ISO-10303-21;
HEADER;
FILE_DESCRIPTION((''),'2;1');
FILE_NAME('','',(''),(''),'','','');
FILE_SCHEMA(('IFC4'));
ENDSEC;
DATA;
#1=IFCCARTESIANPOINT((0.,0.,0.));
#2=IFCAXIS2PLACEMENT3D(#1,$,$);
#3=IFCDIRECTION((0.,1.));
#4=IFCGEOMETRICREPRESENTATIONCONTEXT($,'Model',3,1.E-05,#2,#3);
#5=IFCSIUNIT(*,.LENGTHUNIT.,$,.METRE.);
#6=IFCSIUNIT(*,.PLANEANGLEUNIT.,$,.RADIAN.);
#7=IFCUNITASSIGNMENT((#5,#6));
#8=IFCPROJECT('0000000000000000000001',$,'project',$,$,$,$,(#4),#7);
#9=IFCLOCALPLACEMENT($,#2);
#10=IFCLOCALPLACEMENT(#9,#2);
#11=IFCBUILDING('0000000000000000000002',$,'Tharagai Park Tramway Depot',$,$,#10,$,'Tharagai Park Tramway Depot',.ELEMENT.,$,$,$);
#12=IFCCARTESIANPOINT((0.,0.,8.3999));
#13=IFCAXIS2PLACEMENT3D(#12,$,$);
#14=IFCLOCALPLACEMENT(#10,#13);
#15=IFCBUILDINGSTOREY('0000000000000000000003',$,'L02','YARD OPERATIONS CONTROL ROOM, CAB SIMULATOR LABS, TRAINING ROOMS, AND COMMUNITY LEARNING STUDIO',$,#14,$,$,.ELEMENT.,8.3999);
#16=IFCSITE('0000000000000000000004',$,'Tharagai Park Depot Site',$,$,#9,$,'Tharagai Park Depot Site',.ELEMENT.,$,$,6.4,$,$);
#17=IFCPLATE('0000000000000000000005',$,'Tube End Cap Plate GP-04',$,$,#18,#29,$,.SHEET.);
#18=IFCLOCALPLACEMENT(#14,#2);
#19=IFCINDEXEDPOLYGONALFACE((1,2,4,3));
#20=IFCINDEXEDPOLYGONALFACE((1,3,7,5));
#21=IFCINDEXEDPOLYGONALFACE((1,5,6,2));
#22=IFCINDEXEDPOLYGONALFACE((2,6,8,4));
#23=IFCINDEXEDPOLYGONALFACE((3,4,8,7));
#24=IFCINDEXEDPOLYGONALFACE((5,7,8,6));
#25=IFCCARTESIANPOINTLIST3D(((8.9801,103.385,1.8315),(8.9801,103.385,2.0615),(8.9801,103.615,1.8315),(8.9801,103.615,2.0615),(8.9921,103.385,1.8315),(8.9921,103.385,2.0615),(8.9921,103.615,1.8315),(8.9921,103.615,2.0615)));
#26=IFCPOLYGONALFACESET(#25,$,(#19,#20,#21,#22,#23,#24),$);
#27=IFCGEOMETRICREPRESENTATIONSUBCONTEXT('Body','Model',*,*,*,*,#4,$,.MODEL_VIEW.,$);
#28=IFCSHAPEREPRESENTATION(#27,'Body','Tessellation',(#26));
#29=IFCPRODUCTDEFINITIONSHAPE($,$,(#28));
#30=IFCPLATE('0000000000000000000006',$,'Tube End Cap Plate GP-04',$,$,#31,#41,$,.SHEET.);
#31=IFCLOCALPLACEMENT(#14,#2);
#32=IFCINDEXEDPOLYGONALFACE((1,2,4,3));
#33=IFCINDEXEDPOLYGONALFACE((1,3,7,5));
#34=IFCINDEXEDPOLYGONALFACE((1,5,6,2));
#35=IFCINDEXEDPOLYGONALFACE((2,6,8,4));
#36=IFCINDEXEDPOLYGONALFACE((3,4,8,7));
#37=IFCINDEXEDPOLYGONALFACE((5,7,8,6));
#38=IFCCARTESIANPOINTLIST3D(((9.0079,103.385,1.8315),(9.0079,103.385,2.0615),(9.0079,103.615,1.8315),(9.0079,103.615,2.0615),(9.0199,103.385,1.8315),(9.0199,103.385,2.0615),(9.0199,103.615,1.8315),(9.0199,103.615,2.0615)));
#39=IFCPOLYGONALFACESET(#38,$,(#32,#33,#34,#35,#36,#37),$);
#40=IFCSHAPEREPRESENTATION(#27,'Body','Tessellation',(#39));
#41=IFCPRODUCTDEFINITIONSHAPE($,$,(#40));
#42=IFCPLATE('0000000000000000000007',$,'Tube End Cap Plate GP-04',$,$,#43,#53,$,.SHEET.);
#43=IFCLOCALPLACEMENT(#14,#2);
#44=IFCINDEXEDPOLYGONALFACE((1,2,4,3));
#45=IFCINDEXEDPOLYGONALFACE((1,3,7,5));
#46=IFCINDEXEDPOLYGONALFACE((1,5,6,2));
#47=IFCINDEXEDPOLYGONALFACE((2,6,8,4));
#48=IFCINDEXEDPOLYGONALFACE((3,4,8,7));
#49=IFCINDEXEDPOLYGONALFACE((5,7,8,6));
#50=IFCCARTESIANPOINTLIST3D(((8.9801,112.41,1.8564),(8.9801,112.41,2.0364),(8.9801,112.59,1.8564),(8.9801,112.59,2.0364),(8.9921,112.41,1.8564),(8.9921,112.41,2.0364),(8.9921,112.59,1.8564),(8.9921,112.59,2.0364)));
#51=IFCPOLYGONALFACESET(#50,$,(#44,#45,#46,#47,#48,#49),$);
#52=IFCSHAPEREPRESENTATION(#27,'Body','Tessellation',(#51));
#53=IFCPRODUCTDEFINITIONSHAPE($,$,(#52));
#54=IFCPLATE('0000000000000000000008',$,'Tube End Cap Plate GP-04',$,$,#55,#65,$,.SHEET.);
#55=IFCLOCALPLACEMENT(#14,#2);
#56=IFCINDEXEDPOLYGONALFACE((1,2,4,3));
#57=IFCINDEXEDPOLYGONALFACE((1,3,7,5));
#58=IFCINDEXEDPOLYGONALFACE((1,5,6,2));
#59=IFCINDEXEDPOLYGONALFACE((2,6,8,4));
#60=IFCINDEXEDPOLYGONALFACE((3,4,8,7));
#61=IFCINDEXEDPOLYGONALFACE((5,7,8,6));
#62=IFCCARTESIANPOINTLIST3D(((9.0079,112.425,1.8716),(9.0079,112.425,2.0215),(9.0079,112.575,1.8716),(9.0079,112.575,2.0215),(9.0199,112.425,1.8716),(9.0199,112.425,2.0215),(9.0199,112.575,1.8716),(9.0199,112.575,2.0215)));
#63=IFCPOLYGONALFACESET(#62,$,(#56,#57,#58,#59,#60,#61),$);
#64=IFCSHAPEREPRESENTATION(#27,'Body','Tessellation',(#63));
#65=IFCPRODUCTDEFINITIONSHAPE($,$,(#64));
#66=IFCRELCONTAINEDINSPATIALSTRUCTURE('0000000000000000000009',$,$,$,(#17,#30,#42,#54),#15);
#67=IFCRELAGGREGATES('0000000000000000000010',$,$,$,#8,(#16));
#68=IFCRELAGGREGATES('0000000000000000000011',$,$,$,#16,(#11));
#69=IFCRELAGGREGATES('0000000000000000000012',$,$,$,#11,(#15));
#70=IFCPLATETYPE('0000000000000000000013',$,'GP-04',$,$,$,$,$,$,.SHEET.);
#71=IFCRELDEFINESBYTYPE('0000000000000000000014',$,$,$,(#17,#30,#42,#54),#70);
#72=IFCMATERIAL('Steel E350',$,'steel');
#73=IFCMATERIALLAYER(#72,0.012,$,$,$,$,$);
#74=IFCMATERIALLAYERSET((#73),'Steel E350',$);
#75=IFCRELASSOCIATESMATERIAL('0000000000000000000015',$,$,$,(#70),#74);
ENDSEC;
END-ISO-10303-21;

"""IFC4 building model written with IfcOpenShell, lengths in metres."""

from ifc_helpers import new_model, si_unit, direction, frame, origin, origin_2d, place, context, subcontext, project, spatial, rectangle, extrude, material, layer, layer_set, type_object, element, save


model = new_model("IFC4")

# Units and contexts
model_context = context("Model", 3, precision=1e-05, world=origin(), true_north=direction((0.0, 1.0)))
body_context = subcontext(model_context, "Body", "Model", "MODEL_VIEW")
ifc_project = project(units=[si_unit("LENGTHUNIT", "METRE"), si_unit("PLANEANGLEUNIT", "RADIAN")], contexts=[model_context])

# Site, building, storey
site_placement = place(None, origin())
site = spatial("IfcSite", under=ifc_project, at=site_placement, Name="Tharagai Park Depot Site", LongName="Tharagai Park Depot Site", CompositionType="ELEMENT", RefElevation=6.4)
building_placement = place(site_placement, origin())
building = spatial("IfcBuilding", under=site, at=building_placement, Name="Tharagai Park Tramway Depot", LongName="Tharagai Park Tramway Depot", CompositionType="ELEMENT")
storey_placement = place(building_placement, frame((0.0, 0.0, 8.3999)))
storey = spatial("IfcBuildingStorey", under=building, at=storey_placement, Name="L02", Description="YARD OPERATIONS CONTROL ROOM, CAB SIMULATOR LABS, TRAINING ROOMS, AND COMMUNITY LEARNING STUDIO", CompositionType="ELEMENT", Elevation=8.3999)

# Shared definitions
ifc_material_1 = material(Name="Steel E350", Category="steel")

# Plates
ifc_layer_1 = layer(ifc_material_1, 0.012)
ifc_layer_set_1 = layer_set([ifc_layer_1], Name="Steel E350")
plate_type_1 = type_object("IfcPlateType", Name="GP-04", PredefinedType="SHEET", material=ifc_layer_set_1)
for number, where, z_axis, x_axis, name in (
    (1, (8.9861, 103.5, 1.8315), (0.0, 0.0, 1.0), (1.0, 0.0, 0.0), "Tube End Cap Plate GP-04"),
    (2, (9.0139, 103.5, 1.8315), (0.0, 0.0, 1.0), (1.0, 0.0, 0.0), "Tube End Cap Plate GP-04"),
):
    element("IfcPlate", number, at=place(storey_placement, frame(where, z_axis=z_axis, x_axis=x_axis)), inside=storey, type_object=plate_type_1, Name=name, PredefinedType="SHEET", context=body_context, shape_type="SweptSolid", body=[
        extrude(rectangle(XDim=0.012, YDim=0.23, at=origin_2d()), origin(), (0.0, 0.0, 1.0), 0.23),
    ])
plate_1_placement = place(storey_placement, frame((8.9861, 112.5, 1.8564), z_axis=(0.0, 0.0, 1.0), x_axis=(1.0, 0.0, 0.0)))
element("IfcPlate", 3, at=plate_1_placement, inside=storey, type_object=plate_type_1, Name="Tube End Cap Plate GP-04", PredefinedType="SHEET", context=body_context, shape_type="SweptSolid", body=[
    extrude(rectangle(XDim=0.012, YDim=0.1799, at=origin_2d()), origin(), (0.0, 0.0, 1.0), 0.1799),
])
plate_2_placement = place(storey_placement, frame((9.0139, 112.5, 1.8716), z_axis=(0.0, 0.0, 1.0), x_axis=(1.0, 0.0, 0.0)))
element("IfcPlate", 4, at=plate_2_placement, inside=storey, type_object=plate_type_1, Name="Tube End Cap Plate GP-04", PredefinedType="SHEET", context=body_context, shape_type="SweptSolid", body=[
    extrude(rectangle(XDim=0.012, YDim=0.1499, at=origin_2d()), origin(), (0.0, 0.0, 1.0), 0.1499),
])

save(model, "model.ifc")
